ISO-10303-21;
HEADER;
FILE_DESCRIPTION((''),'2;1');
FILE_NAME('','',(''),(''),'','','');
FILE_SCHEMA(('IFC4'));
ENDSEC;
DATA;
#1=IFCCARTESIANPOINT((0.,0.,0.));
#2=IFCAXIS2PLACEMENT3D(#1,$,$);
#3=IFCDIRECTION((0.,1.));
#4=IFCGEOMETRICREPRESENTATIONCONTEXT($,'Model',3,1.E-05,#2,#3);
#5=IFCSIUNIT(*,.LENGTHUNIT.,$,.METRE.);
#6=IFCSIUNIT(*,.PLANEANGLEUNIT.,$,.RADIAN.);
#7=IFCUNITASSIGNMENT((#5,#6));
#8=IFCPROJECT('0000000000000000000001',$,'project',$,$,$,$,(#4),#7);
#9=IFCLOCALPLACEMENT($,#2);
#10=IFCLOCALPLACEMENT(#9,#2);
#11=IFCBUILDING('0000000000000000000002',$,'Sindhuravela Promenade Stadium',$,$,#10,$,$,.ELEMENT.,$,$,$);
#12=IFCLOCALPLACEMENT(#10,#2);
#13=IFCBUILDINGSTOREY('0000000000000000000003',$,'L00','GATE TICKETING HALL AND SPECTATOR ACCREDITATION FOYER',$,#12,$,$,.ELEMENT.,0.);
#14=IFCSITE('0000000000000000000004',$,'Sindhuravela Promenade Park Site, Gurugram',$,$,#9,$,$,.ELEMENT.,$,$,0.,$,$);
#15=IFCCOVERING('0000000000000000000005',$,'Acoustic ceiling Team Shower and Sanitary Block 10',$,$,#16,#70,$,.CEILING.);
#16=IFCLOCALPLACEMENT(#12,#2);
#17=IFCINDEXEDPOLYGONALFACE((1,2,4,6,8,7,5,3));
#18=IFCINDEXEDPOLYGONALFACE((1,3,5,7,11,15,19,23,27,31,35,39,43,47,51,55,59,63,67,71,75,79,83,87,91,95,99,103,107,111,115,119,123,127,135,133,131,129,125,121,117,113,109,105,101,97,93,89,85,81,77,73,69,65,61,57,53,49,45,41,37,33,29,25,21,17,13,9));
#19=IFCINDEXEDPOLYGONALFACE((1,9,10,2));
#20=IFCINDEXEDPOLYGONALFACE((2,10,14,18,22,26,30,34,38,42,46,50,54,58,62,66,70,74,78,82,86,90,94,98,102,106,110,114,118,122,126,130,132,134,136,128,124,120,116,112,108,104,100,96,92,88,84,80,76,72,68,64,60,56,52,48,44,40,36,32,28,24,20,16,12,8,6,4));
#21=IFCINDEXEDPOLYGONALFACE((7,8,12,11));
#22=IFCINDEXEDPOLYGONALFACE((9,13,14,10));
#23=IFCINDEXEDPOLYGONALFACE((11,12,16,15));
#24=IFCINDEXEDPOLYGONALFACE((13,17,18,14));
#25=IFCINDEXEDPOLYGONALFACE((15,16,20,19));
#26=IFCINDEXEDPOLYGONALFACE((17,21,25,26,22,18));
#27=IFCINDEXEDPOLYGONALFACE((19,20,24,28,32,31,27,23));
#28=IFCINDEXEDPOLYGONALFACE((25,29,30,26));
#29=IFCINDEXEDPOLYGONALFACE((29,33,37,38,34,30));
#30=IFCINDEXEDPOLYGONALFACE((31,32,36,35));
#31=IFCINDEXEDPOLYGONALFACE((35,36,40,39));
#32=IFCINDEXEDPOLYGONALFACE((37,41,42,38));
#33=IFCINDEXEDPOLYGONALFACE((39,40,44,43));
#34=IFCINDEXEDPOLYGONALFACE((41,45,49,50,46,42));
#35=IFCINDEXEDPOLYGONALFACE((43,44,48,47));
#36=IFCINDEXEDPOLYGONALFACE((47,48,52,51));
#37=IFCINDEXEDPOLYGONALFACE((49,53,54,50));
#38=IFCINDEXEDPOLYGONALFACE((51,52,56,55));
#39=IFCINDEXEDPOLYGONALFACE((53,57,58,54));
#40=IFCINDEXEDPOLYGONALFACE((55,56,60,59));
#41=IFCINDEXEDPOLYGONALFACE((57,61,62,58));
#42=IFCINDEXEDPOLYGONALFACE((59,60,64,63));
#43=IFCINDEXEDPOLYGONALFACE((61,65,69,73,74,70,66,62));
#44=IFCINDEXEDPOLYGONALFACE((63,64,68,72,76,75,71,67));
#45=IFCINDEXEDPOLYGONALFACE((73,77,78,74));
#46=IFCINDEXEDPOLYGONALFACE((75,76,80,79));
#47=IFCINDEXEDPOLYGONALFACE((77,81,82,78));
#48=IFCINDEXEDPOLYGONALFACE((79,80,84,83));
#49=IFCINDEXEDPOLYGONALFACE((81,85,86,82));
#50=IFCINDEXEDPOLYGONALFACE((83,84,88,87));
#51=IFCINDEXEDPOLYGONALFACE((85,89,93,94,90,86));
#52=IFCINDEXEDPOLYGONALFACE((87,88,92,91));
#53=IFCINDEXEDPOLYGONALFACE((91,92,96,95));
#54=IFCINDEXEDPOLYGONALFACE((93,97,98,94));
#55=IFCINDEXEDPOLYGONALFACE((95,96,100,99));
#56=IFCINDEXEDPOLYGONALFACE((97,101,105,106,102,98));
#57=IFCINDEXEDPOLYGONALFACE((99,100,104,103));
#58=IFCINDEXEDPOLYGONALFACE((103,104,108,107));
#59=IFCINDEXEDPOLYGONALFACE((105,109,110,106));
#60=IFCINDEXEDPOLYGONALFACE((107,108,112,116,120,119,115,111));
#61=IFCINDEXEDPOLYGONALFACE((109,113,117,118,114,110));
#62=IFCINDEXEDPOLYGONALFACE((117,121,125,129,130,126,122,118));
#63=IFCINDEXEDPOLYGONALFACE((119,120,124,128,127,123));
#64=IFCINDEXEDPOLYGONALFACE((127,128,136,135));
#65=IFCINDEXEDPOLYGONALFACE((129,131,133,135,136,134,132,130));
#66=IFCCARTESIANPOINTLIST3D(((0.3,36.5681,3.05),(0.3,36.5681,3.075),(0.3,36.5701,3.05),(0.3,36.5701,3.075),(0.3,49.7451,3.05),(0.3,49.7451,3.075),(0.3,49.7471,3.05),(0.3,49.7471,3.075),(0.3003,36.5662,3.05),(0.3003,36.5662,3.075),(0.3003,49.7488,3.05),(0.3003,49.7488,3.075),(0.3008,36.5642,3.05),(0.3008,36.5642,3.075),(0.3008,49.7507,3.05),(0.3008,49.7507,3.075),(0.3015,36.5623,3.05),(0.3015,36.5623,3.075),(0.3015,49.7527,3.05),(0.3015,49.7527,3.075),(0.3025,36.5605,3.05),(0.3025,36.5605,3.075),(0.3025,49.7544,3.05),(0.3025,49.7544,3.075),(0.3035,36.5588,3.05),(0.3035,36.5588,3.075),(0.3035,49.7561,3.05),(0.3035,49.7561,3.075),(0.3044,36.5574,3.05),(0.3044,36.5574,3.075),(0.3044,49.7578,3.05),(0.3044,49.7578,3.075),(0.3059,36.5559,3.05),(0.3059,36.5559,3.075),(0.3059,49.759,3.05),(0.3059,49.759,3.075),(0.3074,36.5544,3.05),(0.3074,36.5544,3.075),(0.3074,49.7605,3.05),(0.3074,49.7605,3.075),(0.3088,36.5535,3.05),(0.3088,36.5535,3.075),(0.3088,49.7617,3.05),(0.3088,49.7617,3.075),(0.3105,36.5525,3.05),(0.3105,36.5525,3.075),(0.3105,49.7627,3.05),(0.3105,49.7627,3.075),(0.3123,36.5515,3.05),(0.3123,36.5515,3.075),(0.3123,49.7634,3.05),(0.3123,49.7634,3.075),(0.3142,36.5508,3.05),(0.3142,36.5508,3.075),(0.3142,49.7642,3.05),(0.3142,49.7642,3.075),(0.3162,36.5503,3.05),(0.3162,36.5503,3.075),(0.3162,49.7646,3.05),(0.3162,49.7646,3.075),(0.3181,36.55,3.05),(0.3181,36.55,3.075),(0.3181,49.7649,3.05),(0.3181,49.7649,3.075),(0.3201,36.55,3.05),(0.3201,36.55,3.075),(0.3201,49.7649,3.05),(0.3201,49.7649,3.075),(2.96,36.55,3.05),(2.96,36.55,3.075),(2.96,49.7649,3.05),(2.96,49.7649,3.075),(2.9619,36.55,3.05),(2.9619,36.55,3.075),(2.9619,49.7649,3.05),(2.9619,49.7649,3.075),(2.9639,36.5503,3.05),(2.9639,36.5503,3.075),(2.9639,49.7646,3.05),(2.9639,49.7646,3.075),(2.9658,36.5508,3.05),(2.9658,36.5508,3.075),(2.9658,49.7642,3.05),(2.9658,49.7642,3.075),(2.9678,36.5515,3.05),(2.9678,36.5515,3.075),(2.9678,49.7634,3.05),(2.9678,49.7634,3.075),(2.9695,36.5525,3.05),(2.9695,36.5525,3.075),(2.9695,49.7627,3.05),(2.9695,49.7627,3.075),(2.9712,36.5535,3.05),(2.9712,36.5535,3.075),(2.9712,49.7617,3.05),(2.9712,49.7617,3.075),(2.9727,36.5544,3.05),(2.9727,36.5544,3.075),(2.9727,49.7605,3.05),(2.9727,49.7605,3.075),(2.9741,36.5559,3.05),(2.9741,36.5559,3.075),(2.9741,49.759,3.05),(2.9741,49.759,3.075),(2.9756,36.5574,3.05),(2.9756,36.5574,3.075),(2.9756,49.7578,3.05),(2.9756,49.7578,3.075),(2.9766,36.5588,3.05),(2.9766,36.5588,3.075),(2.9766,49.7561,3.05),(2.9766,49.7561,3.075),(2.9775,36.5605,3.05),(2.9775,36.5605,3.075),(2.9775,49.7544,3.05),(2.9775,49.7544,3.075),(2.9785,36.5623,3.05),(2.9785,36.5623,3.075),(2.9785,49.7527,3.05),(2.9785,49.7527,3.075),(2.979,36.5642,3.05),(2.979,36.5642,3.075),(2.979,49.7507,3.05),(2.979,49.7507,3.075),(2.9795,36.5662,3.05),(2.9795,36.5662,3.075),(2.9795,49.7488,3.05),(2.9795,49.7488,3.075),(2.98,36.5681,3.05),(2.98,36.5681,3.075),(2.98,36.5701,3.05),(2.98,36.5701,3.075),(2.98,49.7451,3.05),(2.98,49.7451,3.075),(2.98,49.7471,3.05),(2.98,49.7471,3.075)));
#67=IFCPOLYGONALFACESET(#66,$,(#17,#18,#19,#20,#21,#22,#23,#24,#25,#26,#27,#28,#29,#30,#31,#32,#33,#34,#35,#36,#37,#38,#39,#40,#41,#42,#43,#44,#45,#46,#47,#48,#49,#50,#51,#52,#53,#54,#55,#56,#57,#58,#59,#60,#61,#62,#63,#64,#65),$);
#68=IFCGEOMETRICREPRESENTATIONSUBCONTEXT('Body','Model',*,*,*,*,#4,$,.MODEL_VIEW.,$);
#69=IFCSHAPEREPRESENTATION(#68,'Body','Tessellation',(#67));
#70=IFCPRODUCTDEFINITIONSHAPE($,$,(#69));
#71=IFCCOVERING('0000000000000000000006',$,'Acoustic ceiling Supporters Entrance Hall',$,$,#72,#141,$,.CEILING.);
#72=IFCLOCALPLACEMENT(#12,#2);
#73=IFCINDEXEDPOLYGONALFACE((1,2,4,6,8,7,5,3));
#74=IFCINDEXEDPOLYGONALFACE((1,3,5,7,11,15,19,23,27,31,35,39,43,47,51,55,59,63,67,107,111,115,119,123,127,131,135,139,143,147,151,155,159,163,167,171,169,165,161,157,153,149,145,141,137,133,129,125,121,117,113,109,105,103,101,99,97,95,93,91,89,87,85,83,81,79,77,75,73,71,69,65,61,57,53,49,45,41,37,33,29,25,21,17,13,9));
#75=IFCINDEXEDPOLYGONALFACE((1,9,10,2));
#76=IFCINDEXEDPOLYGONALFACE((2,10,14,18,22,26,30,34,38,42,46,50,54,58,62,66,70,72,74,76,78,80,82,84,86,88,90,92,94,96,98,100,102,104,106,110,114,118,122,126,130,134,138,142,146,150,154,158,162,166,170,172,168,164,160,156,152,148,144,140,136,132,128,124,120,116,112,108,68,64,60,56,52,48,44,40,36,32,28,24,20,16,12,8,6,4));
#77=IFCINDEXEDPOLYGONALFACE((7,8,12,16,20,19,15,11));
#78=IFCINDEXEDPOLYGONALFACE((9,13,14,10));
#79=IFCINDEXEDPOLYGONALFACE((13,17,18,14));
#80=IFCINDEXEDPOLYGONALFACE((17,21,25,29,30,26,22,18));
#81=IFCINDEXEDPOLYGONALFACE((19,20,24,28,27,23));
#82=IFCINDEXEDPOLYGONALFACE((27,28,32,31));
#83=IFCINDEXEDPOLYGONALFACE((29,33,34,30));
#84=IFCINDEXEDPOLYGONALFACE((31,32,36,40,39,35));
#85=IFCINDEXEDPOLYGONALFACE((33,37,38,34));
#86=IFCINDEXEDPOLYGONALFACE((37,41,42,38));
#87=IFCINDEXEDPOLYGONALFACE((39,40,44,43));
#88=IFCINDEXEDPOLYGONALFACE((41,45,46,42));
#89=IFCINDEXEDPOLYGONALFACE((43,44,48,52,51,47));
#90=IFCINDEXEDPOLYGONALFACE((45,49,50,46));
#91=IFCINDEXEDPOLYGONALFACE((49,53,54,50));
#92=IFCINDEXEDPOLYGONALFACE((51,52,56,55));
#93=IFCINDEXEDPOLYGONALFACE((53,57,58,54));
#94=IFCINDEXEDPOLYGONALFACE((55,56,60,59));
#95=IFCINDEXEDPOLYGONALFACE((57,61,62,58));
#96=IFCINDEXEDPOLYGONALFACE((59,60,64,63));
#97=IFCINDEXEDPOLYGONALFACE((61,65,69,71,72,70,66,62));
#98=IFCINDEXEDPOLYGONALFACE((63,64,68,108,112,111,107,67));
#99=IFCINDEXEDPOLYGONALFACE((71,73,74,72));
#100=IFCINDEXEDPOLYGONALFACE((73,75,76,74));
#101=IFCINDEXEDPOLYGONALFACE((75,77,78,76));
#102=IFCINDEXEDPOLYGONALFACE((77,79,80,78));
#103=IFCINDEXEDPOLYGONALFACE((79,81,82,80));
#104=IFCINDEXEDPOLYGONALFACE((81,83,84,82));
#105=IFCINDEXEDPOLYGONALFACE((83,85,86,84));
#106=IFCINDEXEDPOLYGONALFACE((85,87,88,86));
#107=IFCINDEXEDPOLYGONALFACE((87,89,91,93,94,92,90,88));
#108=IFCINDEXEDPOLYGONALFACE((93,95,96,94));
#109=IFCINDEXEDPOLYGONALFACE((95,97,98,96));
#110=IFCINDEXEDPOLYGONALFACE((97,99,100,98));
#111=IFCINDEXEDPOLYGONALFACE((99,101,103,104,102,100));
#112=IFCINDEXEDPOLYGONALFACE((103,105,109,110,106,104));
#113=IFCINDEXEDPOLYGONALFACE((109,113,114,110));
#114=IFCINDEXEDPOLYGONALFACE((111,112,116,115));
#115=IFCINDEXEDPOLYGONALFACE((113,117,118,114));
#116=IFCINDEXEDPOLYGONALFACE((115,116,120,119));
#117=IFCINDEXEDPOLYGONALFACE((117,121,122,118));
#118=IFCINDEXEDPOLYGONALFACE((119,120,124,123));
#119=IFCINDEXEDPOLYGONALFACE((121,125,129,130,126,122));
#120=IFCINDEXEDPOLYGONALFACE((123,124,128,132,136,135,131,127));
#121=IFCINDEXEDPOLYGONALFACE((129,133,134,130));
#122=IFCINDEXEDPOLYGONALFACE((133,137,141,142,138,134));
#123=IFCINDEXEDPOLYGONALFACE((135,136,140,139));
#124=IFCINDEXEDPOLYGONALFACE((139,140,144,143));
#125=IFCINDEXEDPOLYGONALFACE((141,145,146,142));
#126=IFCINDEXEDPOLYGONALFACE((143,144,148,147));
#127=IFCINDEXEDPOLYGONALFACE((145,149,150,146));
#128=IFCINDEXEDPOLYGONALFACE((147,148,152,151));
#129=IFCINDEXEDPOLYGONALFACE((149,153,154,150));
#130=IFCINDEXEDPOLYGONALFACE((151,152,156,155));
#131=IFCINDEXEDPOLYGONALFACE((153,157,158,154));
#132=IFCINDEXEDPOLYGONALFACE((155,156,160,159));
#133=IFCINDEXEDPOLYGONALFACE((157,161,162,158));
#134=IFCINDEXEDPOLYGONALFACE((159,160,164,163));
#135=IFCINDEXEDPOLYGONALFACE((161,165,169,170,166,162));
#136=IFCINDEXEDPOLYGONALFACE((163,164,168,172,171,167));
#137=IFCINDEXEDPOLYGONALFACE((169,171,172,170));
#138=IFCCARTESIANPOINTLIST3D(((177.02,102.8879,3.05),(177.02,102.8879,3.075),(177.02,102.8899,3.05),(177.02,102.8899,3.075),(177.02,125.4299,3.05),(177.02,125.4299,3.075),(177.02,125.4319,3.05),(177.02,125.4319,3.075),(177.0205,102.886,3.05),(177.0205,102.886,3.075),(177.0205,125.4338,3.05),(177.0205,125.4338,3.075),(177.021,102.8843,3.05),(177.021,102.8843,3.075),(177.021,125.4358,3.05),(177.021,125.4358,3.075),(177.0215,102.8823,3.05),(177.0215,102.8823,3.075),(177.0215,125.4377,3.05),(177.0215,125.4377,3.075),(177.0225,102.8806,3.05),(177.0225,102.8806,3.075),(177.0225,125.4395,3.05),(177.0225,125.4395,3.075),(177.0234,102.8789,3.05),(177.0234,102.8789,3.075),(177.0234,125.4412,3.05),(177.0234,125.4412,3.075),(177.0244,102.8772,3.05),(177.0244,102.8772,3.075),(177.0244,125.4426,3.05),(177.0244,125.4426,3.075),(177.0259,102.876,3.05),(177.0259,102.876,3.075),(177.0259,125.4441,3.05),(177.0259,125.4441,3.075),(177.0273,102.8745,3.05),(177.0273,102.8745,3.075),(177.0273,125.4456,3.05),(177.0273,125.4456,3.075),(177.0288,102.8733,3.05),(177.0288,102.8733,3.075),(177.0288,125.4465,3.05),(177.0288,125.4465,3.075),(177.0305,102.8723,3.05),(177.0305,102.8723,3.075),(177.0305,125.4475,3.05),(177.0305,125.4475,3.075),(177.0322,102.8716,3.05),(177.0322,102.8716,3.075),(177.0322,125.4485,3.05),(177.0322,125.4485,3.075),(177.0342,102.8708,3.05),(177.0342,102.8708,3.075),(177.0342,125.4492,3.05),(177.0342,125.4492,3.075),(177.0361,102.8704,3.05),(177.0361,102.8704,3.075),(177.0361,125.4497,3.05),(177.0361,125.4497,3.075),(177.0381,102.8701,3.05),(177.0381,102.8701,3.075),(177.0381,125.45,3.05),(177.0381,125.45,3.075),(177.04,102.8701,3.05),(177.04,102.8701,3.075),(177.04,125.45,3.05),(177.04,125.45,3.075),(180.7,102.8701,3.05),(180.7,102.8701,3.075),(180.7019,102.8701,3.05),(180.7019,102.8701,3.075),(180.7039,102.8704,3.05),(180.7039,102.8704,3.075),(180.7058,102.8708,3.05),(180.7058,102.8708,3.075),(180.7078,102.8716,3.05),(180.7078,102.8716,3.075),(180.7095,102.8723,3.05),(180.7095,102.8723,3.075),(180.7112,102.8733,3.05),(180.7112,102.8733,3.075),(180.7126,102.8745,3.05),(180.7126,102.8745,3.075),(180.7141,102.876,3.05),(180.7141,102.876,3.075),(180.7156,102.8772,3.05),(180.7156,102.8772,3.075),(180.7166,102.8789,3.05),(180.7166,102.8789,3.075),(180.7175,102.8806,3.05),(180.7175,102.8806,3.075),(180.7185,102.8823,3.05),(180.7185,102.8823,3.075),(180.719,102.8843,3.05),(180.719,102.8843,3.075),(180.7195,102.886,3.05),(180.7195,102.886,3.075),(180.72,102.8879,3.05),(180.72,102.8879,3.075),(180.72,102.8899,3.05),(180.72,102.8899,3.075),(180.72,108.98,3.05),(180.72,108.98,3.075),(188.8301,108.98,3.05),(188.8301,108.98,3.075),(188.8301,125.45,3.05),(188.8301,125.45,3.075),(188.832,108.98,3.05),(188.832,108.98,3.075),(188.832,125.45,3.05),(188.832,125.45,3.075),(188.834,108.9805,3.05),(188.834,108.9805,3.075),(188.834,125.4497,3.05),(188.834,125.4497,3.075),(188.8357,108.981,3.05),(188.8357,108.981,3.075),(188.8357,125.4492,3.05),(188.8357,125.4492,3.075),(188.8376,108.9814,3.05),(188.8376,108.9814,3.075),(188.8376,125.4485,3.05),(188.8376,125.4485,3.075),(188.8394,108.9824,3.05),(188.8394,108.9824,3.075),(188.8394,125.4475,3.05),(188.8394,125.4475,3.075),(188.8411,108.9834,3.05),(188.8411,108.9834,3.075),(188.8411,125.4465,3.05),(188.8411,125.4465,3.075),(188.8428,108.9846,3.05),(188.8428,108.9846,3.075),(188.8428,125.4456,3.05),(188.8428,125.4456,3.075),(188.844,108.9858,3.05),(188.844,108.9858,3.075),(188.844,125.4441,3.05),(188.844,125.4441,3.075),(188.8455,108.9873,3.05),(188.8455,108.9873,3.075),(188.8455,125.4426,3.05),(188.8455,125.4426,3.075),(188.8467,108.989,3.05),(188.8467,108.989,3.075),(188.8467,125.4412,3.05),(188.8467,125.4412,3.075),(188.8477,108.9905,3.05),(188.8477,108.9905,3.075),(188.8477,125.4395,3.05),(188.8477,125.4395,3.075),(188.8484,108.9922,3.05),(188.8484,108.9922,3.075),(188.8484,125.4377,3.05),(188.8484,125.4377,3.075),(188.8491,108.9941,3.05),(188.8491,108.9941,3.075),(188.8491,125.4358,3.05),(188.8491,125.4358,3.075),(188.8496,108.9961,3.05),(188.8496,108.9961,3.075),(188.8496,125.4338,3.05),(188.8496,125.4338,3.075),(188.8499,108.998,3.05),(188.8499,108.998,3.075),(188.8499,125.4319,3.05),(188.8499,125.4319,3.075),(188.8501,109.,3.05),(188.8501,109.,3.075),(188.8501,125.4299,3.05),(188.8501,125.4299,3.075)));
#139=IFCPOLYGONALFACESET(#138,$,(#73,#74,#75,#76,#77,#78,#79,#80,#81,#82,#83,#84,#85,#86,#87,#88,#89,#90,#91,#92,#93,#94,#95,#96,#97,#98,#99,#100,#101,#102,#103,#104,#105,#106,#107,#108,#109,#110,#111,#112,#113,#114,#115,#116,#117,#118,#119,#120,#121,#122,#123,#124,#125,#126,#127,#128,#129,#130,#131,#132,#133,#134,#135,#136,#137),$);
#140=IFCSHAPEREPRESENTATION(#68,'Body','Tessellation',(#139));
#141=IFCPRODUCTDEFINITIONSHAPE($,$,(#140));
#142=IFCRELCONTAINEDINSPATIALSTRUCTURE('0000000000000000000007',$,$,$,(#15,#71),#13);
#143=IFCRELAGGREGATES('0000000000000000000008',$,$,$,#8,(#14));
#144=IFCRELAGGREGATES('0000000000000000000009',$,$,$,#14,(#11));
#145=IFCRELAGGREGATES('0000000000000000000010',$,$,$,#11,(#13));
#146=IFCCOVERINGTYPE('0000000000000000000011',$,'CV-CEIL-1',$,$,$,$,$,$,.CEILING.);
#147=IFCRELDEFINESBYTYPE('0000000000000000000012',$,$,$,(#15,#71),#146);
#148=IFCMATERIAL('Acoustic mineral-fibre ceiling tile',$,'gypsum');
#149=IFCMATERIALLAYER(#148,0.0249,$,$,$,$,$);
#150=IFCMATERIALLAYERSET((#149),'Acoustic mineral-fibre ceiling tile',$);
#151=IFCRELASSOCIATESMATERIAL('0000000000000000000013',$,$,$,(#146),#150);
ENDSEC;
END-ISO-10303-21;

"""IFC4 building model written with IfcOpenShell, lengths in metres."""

from ifc_helpers import new_model, si_unit, direction, frame, origin, place, context, subcontext, project, spatial, polyline, outline, extrude, material, layer, layer_set, type_object, element, save


model = new_model("IFC4")

# Units and contexts
model_context = context("Model", 3, precision=1e-05, world=origin(), true_north=direction((0.0, 1.0)))
body_context = subcontext(model_context, "Body", "Model", "MODEL_VIEW")
ifc_project = project(units=[si_unit("LENGTHUNIT", "METRE"), si_unit("PLANEANGLEUNIT", "RADIAN")], contexts=[model_context])

# Site, building, storey
site_placement = place(None, origin())
site = spatial("IfcSite", under=ifc_project, at=site_placement, Name="Sindhuravela Promenade Park Site, Gurugram", CompositionType="ELEMENT", RefElevation=0.0)
building_placement = place(site_placement, origin())
building = spatial("IfcBuilding", under=site, at=building_placement, Name="Sindhuravela Promenade Stadium", CompositionType="ELEMENT")
storey_placement = place(building_placement, origin())
storey = spatial("IfcBuildingStorey", under=building, at=storey_placement, Name="L00", Description="GATE TICKETING HALL AND SPECTATOR ACCREDITATION FOYER", CompositionType="ELEMENT", Elevation=0.0)

# Coverings
ifc_material = material(Name="Acoustic mineral-fibre ceiling tile", Category="gypsum")
ifc_layer_1 = layer(ifc_material, 0.0249)
ifc_layer_set_1 = layer_set([ifc_layer_1], Name="Acoustic mineral-fibre ceiling tile")
covering_type_1 = type_object("IfcCoveringType", Name="CV-CEIL-1", PredefinedType="CEILING", material=ifc_layer_set_1)
covering_1_placement = place(storey_placement, frame((0.0, 0.0, 3.05)))
element("IfcCovering", 1, at=covering_1_placement, inside=storey, type_object=covering_type_1, Name="Acoustic ceiling Team Shower and Sanitary Block 10", PredefinedType="CEILING", context=body_context, shape_type="SweptSolid", body=[
    extrude(outline(polyline([(2.98, 36.5701), (2.98, 36.5681), (2.9795, 36.5662), (2.979, 36.5642), (2.9785, 36.5623), (2.9775, 36.5605), (2.9766, 36.5588), (2.9756, 36.5574), (2.9741, 36.5559), (2.9727, 36.5544), (2.9712, 36.5535), (2.9695, 36.5525), (2.9678, 36.5515), (2.9658, 36.5508), (2.9639, 36.5503), (2.9619, 36.55), (2.96, 36.55), (0.3201, 36.55), (0.3181, 36.55), (0.3162, 36.5503), (0.3142, 36.5508), (0.3123, 36.5515), (0.3105, 36.5525), (0.3088, 36.5535), (0.3074, 36.5544), (0.3059, 36.5559), (0.3044, 36.5574), (0.3035, 36.5588), (0.3025, 36.5605), (0.3015, 36.5623), (0.3008, 36.5642), (0.3003, 36.5662), (0.3, 36.5681), (0.3, 36.5701), (0.3, 49.7451), (0.3, 49.7471), (0.3003, 49.7488), (0.3008, 49.7507), (0.3015, 49.7527), (0.3025, 49.7544), (0.3035, 49.7561), (0.3044, 49.7578), (0.3059, 49.759), (0.3074, 49.7605), (0.3088, 49.7617), (0.3105, 49.7627), (0.3123, 49.7634), (0.3142, 49.7642), (0.3162, 49.7646), (0.3181, 49.7649), (0.3201, 49.7649), (2.96, 49.7649), (2.9619, 49.7649), (2.9639, 49.7646), (2.9658, 49.7642), (2.9678, 49.7634), (2.9695, 49.7627), (2.9712, 49.7617), (2.9727, 49.7605), (2.9741, 49.759), (2.9756, 49.7578), (2.9766, 49.7561), (2.9775, 49.7544), (2.9785, 49.7527), (2.979, 49.7507), (2.9795, 49.7488), (2.98, 49.7471), (2.98, 49.7451), (2.98, 36.5701)])), origin(), (0.0, 0.0, 1.0), 0.0249),
])
covering_2_placement = place(storey_placement, frame((0.0, 0.0, 3.05)))
element("IfcCovering", 2, at=covering_2_placement, inside=storey, type_object=covering_type_1, Name="Acoustic ceiling Supporters Entrance Hall", PredefinedType="CEILING", context=body_context, shape_type="SweptSolid", body=[
    extrude(outline(polyline([(180.72, 108.98), (180.72, 102.8899), (180.72, 102.8879), (180.7195, 102.886), (180.719, 102.8843), (180.7185, 102.8823), (180.7175, 102.8806), (180.7166, 102.8789), (180.7156, 102.8772), (180.7141, 102.876), (180.7126, 102.8745), (180.7112, 102.8733), (180.7095, 102.8723), (180.7078, 102.8716), (180.7058, 102.8708), (180.7039, 102.8704), (180.7019, 102.8701), (180.7, 102.8701), (177.04, 102.8701), (177.0381, 102.8701), (177.0361, 102.8704), (177.0342, 102.8708), (177.0322, 102.8716), (177.0305, 102.8723), (177.0288, 102.8733), (177.0273, 102.8745), (177.0259, 102.876), (177.0244, 102.8772), (177.0234, 102.8789), (177.0225, 102.8806), (177.0215, 102.8823), (177.021, 102.8843), (177.0205, 102.886), (177.02, 102.8879), (177.02, 102.8899), (177.02, 125.4299), (177.02, 125.4319), (177.0205, 125.4338), (177.021, 125.4358), (177.0215, 125.4377), (177.0225, 125.4395), (177.0234, 125.4412), (177.0244, 125.4426), (177.0259, 125.4441), (177.0273, 125.4456), (177.0288, 125.4465), (177.0305, 125.4475), (177.0322, 125.4485), (177.0342, 125.4492), (177.0361, 125.4497), (177.0381, 125.45), (177.04, 125.45), (188.8301, 125.45), (188.832, 125.45), (188.834, 125.4497), (188.8357, 125.4492), (188.8376, 125.4485), (188.8394, 125.4475), (188.8411, 125.4465), (188.8428, 125.4456), (188.844, 125.4441), (188.8455, 125.4426), (188.8467, 125.4412), (188.8477, 125.4395), (188.8484, 125.4377), (188.8491, 125.4358), (188.8496, 125.4338), (188.8499, 125.4319), (188.8501, 125.4299), (188.8501, 109.0), (188.8499, 108.998), (188.8496, 108.9961), (188.8491, 108.9941), (188.8484, 108.9922), (188.8477, 108.9905), (188.8467, 108.989), (188.8455, 108.9873), (188.844, 108.9858), (188.8428, 108.9846), (188.8411, 108.9834), (188.8394, 108.9824), (188.8376, 108.9814), (188.8357, 108.981), (188.834, 108.9805), (188.832, 108.98), (188.8301, 108.98), (180.72, 108.98)])), origin(), (0.0, 0.0, 1.0), 0.0249),
])

save(model, "model.ifc")
